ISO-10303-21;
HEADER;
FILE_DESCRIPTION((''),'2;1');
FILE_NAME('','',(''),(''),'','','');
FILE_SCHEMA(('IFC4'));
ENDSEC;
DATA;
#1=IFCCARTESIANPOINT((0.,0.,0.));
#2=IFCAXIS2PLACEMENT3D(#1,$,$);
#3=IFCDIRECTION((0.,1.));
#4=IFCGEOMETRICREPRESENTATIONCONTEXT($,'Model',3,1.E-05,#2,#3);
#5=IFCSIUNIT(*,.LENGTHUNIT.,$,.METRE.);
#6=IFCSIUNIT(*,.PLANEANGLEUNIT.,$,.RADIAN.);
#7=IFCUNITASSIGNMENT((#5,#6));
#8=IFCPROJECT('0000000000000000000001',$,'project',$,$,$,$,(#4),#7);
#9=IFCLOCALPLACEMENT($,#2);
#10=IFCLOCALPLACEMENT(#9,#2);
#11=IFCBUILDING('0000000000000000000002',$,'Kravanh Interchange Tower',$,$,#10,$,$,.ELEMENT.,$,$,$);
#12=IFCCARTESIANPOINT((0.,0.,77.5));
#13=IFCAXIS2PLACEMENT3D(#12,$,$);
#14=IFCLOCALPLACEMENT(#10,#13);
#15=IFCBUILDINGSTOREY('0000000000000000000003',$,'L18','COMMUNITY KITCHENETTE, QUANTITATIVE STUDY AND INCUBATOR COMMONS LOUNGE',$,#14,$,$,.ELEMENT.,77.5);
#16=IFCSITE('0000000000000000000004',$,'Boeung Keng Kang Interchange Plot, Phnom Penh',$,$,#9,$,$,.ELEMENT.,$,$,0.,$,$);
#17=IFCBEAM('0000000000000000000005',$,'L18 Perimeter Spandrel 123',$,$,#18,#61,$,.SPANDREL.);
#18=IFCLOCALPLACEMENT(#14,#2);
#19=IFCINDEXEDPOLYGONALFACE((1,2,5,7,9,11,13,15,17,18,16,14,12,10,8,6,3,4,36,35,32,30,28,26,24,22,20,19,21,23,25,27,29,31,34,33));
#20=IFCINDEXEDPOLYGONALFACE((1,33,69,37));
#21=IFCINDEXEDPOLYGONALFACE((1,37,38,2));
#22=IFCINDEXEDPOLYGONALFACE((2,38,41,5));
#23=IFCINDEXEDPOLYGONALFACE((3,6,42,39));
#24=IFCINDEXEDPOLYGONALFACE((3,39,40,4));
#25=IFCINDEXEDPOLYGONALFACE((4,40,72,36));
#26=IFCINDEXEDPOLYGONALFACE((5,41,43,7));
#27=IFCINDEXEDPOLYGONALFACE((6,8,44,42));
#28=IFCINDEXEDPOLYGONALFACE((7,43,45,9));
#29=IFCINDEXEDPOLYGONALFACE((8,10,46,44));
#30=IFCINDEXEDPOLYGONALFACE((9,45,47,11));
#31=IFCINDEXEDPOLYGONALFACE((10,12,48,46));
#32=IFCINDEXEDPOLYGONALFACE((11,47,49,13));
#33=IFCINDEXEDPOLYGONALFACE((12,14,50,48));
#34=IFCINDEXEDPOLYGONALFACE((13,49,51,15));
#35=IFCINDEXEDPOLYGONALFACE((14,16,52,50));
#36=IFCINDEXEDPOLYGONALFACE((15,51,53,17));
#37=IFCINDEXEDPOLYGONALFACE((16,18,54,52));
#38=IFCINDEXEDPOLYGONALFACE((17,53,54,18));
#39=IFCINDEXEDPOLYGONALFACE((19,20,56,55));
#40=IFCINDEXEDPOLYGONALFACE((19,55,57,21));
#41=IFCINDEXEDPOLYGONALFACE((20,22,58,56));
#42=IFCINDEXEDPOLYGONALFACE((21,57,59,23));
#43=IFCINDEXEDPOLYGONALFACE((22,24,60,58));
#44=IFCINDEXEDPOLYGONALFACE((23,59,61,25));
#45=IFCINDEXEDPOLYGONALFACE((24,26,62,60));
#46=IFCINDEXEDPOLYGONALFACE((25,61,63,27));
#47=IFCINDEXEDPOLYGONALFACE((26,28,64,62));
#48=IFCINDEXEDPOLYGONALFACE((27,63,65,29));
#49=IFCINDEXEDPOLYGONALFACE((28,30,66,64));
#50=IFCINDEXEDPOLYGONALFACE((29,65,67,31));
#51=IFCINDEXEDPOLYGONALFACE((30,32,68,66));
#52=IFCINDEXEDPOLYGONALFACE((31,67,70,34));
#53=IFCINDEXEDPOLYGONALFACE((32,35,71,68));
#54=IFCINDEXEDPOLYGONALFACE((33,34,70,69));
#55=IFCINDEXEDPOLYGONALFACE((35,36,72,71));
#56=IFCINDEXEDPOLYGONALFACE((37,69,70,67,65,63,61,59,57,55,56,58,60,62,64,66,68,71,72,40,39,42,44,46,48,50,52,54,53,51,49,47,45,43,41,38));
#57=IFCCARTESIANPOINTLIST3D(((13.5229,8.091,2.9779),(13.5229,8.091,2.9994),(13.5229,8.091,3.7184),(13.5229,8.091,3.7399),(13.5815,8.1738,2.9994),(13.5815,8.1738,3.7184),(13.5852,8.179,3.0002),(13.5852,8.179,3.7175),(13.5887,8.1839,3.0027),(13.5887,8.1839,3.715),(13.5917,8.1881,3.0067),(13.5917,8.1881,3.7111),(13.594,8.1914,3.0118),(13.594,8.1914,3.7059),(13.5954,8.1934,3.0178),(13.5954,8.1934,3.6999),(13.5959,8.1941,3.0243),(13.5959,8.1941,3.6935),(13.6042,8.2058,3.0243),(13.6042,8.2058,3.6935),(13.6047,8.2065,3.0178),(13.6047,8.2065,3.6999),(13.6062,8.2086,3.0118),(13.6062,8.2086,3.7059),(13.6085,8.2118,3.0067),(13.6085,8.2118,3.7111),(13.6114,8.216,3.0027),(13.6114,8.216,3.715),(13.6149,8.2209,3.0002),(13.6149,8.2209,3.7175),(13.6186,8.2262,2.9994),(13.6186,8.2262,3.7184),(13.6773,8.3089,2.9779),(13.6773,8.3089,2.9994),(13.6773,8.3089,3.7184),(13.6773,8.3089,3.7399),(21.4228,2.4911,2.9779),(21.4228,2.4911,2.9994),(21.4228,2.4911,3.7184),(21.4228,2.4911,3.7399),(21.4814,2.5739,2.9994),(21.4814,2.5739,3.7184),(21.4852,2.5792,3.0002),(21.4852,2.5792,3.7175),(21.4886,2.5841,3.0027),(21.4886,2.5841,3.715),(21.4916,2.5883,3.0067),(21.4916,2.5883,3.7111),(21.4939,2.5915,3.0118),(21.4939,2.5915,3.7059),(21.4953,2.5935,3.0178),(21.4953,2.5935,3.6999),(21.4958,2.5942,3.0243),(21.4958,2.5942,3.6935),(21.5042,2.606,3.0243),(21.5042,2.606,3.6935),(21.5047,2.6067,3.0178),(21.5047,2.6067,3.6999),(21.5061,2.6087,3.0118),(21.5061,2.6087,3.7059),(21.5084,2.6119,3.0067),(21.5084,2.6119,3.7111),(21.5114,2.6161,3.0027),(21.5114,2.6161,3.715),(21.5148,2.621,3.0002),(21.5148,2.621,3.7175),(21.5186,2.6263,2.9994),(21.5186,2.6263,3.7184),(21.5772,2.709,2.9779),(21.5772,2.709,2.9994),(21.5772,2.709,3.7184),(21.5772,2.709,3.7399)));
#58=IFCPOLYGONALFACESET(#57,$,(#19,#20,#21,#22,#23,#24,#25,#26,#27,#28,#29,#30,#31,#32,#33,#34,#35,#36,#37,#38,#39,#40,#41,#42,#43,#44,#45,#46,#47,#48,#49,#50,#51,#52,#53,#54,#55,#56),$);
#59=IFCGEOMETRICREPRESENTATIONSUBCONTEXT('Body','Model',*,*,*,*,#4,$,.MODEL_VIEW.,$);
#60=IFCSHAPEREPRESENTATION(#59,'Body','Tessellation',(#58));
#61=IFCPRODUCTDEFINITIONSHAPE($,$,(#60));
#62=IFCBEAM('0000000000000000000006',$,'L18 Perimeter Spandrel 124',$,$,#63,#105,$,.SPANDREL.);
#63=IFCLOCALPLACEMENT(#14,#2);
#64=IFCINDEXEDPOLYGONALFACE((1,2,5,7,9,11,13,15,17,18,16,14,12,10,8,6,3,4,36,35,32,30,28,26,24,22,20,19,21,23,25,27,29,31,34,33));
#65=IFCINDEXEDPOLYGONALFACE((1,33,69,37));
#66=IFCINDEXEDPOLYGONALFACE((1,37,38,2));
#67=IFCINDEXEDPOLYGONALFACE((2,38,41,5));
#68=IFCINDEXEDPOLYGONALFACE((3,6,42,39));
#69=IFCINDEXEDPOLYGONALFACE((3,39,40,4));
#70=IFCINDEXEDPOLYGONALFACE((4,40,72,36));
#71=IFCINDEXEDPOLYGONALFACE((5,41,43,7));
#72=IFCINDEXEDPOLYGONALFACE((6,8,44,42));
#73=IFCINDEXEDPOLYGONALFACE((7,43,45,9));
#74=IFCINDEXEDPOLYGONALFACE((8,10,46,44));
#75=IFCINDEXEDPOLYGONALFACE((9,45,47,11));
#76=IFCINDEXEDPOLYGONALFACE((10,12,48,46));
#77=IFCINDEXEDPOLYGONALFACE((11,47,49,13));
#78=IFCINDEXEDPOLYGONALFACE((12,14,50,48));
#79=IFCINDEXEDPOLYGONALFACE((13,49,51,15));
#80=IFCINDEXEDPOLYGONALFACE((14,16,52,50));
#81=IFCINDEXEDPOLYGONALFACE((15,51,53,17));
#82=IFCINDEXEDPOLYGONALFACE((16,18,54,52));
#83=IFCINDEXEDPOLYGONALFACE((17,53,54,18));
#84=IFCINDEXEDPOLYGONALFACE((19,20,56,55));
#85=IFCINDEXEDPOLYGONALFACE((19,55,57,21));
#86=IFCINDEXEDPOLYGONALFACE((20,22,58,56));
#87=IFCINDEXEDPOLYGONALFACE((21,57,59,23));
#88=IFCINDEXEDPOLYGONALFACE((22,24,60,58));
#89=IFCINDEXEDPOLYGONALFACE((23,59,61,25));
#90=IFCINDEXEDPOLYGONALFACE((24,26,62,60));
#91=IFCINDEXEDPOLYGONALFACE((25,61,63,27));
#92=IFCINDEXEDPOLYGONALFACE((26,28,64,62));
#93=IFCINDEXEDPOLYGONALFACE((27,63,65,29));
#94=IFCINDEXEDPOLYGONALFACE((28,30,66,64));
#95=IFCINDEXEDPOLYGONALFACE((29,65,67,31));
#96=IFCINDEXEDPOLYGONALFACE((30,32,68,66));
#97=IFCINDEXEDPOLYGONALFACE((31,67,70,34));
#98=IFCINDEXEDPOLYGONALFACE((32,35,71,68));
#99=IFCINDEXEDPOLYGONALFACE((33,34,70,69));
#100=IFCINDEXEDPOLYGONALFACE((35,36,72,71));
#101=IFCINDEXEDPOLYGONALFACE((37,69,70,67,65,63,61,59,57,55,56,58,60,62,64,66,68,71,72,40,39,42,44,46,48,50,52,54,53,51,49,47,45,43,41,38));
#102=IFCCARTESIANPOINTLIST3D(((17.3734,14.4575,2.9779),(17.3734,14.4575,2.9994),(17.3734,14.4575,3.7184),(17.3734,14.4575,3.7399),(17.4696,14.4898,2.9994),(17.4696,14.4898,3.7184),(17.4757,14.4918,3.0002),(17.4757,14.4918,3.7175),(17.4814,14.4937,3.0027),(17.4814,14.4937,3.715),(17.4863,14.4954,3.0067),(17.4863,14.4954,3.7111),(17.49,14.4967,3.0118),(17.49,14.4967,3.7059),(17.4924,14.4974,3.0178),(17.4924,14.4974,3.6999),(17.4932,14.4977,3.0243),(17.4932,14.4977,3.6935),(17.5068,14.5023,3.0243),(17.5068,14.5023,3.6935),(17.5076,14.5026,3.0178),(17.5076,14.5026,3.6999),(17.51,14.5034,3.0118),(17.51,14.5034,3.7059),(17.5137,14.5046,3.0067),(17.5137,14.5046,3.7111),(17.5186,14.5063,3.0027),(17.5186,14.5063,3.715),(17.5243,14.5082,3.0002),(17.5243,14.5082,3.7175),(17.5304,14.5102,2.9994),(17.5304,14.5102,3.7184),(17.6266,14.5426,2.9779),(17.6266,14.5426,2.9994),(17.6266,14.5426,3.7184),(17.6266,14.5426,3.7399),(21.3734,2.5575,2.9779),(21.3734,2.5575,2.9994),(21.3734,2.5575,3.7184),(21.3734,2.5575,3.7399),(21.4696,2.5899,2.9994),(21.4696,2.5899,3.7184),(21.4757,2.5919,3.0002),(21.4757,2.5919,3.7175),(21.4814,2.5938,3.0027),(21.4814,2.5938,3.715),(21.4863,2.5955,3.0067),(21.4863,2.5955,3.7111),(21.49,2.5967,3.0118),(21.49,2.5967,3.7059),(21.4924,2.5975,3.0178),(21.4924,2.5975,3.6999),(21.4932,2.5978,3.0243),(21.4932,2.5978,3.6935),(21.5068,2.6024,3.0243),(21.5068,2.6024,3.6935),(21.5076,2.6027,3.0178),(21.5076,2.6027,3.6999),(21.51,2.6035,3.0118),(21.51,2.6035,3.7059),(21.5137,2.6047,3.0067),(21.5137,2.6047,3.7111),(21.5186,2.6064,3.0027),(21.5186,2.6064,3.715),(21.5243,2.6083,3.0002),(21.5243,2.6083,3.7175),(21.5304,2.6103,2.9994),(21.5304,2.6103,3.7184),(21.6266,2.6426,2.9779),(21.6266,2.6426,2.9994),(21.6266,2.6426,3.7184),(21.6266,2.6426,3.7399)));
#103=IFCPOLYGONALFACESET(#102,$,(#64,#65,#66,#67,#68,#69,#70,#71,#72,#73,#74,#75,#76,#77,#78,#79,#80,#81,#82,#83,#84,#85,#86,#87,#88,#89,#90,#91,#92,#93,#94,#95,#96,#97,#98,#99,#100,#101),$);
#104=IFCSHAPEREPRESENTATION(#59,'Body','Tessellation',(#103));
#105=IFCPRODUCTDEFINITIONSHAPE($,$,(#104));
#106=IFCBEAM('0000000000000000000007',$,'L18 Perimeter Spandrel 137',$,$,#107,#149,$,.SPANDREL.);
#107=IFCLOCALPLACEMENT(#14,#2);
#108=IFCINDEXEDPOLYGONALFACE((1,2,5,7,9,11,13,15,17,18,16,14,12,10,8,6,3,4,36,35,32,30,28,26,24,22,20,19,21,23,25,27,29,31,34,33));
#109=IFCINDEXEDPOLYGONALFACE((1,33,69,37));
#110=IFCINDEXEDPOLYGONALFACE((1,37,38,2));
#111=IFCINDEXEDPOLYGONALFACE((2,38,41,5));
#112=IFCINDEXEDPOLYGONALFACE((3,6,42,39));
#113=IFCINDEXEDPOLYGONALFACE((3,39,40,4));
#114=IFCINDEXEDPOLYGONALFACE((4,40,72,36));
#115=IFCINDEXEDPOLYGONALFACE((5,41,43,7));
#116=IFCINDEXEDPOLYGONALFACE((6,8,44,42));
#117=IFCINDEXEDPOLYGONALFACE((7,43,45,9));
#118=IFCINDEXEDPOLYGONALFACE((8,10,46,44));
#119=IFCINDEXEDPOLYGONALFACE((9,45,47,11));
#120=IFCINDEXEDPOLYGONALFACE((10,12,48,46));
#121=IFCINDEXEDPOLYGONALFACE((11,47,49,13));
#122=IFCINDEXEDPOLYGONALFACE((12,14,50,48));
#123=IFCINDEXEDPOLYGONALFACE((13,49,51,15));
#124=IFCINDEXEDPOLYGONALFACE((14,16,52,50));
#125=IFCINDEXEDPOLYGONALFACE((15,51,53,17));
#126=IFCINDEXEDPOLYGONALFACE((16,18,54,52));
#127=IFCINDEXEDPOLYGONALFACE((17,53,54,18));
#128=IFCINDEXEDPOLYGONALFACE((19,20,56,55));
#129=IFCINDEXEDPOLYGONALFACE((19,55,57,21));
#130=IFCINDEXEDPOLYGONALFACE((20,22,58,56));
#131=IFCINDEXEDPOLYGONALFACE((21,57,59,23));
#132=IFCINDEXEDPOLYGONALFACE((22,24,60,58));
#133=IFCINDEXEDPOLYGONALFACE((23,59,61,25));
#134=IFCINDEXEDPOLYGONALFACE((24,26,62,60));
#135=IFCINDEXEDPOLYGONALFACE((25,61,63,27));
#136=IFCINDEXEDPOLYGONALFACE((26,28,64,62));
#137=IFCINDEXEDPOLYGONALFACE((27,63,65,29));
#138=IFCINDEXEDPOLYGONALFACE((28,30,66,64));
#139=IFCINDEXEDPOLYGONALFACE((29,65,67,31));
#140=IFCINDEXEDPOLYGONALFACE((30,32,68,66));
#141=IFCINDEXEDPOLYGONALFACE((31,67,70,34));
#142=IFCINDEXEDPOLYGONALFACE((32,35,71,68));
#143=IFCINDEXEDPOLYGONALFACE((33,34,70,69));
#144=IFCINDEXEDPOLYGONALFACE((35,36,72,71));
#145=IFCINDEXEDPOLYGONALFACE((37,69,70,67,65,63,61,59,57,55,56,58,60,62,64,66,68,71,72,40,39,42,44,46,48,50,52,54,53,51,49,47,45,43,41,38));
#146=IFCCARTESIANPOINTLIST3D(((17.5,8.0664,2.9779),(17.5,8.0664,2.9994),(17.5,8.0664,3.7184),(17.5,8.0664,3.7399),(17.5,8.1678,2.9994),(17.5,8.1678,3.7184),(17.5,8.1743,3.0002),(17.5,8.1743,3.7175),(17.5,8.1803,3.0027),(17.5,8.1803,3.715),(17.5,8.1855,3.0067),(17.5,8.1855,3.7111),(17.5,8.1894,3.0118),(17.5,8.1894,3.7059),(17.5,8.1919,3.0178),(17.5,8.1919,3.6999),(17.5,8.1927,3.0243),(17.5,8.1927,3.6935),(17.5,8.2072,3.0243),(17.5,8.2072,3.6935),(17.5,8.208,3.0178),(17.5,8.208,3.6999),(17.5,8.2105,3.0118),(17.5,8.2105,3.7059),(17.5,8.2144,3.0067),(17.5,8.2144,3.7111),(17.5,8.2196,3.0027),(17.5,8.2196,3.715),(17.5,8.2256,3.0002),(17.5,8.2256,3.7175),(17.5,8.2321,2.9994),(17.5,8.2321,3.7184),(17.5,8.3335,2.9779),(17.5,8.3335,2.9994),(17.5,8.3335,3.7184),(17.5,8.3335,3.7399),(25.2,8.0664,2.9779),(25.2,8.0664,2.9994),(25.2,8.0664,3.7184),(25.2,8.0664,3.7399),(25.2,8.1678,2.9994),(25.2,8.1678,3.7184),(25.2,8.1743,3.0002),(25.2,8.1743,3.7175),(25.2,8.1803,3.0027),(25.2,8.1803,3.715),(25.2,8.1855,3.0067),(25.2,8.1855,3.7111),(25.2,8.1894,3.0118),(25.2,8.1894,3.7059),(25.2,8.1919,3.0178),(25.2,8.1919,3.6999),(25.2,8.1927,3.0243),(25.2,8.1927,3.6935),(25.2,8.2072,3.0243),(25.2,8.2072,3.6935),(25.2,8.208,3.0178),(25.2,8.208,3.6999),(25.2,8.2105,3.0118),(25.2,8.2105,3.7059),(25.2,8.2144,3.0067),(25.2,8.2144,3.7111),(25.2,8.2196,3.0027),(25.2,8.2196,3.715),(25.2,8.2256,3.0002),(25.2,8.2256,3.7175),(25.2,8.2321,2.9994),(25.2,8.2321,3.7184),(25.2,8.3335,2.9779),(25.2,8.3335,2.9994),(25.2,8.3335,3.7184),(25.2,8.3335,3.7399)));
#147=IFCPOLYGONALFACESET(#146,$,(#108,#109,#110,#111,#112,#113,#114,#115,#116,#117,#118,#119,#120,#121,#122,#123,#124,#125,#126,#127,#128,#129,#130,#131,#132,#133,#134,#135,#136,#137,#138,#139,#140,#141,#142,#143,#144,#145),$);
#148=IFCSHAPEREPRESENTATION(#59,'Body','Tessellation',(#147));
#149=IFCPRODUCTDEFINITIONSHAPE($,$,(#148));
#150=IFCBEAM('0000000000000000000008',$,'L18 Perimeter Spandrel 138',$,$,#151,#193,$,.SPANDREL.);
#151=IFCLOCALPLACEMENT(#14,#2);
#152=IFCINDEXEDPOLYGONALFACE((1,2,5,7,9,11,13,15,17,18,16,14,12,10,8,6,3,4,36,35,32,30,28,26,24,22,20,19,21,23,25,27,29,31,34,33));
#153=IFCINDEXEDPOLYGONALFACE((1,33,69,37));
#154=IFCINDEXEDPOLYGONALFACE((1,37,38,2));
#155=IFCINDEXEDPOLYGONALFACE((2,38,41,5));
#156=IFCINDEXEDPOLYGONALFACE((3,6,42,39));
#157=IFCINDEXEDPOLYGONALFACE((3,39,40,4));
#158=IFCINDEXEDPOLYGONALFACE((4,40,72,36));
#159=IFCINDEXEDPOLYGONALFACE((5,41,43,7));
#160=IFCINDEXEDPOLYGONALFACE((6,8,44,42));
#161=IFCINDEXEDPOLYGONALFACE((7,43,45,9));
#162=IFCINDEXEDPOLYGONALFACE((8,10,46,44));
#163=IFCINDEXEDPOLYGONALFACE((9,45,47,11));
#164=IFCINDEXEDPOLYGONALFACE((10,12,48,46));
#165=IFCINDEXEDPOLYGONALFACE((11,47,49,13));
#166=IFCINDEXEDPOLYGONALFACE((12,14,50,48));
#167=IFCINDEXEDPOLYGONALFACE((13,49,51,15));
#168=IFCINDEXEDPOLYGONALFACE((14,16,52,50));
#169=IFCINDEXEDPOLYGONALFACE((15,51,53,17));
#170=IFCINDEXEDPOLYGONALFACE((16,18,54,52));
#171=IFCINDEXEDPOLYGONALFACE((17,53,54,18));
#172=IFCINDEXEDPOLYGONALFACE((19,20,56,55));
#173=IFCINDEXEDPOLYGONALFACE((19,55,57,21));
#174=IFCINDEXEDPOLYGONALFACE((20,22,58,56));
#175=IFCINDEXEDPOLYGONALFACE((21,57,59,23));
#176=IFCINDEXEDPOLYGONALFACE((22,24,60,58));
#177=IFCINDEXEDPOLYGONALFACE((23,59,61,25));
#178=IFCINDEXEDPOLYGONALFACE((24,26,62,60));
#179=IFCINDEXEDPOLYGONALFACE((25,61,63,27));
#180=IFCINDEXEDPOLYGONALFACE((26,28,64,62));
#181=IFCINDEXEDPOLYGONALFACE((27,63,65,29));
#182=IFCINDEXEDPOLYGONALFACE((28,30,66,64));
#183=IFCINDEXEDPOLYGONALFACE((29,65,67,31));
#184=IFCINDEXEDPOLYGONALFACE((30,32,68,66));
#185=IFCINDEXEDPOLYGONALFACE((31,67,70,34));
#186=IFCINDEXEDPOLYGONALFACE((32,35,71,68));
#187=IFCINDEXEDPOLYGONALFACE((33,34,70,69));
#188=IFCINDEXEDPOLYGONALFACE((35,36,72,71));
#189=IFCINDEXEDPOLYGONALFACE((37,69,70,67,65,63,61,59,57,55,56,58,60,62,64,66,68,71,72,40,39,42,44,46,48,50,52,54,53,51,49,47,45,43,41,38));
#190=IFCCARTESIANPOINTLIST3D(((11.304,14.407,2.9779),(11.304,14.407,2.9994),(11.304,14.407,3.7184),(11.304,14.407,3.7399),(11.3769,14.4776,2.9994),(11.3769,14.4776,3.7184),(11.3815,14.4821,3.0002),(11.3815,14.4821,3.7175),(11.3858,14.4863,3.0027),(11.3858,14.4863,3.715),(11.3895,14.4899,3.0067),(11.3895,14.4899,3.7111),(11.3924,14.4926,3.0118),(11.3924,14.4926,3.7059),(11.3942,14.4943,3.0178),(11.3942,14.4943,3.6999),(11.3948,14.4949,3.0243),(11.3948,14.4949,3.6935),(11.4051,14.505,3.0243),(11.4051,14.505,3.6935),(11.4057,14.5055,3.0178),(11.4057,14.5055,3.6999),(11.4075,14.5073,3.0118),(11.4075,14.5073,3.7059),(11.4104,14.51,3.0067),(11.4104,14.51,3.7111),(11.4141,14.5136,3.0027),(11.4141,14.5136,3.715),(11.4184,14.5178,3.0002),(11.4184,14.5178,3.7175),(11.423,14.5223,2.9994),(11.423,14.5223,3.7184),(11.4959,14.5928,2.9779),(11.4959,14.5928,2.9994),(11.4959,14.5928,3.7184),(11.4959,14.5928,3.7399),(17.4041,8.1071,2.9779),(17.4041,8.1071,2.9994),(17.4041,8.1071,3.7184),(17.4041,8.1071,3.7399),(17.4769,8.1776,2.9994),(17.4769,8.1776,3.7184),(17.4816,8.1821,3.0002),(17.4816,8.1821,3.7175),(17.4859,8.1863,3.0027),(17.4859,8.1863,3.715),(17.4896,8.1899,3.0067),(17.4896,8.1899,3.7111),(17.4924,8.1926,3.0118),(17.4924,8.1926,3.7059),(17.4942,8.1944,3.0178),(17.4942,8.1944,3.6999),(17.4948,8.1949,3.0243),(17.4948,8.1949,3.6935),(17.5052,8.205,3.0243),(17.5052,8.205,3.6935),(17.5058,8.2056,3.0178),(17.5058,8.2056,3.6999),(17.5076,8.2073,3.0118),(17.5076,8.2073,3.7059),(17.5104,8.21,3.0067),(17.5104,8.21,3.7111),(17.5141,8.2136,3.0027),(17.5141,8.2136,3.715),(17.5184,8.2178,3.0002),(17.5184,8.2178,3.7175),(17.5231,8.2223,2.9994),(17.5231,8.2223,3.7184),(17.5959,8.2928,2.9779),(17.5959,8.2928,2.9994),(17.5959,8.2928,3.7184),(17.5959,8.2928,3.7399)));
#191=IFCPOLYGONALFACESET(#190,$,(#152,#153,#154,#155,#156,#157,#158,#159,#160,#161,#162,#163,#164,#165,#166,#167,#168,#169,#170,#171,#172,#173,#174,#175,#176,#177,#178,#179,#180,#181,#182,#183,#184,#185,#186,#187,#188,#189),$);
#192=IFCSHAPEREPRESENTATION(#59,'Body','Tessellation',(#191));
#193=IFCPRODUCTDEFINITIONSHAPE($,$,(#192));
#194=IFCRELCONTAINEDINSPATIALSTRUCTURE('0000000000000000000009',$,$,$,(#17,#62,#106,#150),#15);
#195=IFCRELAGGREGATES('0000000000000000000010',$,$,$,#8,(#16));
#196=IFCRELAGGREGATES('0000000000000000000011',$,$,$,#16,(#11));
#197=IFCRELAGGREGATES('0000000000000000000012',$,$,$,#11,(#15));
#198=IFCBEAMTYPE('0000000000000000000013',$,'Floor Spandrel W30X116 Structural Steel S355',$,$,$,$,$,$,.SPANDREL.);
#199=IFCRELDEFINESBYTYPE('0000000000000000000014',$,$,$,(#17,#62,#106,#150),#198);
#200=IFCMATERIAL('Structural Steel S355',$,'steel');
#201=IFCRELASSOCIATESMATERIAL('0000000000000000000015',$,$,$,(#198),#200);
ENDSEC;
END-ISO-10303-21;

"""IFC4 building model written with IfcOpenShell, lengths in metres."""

from ifc_helpers import new_model, si_unit, direction, frame, origin, origin_2d, place, context, subcontext, project, spatial, i_section, extrude, material, material_profile, profile_set, type_object, element, save


model = new_model("IFC4")

# Units and contexts
model_context = context("Model", 3, precision=1e-05, world=origin(), true_north=direction((0.0, 1.0)))
body_context = subcontext(model_context, "Body", "Model", "MODEL_VIEW")
ifc_project = project(units=[si_unit("LENGTHUNIT", "METRE"), si_unit("PLANEANGLEUNIT", "RADIAN")], contexts=[model_context])

# Site, building, storey
site_placement = place(None, origin())
site = spatial("IfcSite", under=ifc_project, at=site_placement, Name="Boeung Keng Kang Interchange Plot, Phnom Penh", CompositionType="ELEMENT", RefElevation=0.0)
building_placement = place(site_placement, origin())
building = spatial("IfcBuilding", under=site, at=building_placement, Name="Kravanh Interchange Tower", CompositionType="ELEMENT")
storey_placement = place(building_placement, frame((0.0, 0.0, 77.5)))
storey = spatial("IfcBuildingStorey", under=building, at=storey_placement, Name="L18", Description="COMMUNITY KITCHENETTE, QUANTITATIVE STUDY AND INCUBATOR COMMONS LOUNGE", CompositionType="ELEMENT", Elevation=77.5)

# Beams
ifc_material_1 = material(Name="Structural Steel S355", Category="steel")
ifc_material_profile_1 = material_profile(ifc_material_1, i_section(OverallWidth=0.2671, OverallDepth=0.762, WebThickness=0.0144, FlangeThickness=0.0215, FilletRadius=0.0249, at=origin_2d()), Name="W30X116")
ifc_profile_set_1 = profile_set([ifc_material_profile_1], Name="Structural Steel S355")
beam_type_1 = type_object("IfcBeamType", Name="Floor Spandrel W30X116 Structural Steel S355", PredefinedType="SPANDREL", material=ifc_profile_set_1)
beam_1_placement = place(storey_placement, frame((21.5, 2.6001, 3.3589), z_axis=(-0.815825, 0.578299, 0.0), x_axis=(-0.578299, -0.815825, 0.0)))
element("IfcBeam", 1, at=beam_1_placement, inside=storey, type_object=beam_type_1, Name="L18 Perimeter Spandrel 123", PredefinedType="SPANDREL", context=body_context, shape_type="SweptSolid", body=[
    extrude(i_section(OverallWidth=0.2671, OverallDepth=0.762, WebThickness=0.0144, FlangeThickness=0.0215, FilletRadius=0.0249, at=origin_2d()), origin(), (0.0, 0.0, 1.0), 9.6833),
])
beam_2_placement = place(storey_placement, frame((21.5, 2.6001, 3.3589), z_axis=(-0.318619, 0.947883, 0.0), x_axis=(-0.947883, -0.318619, 0.0)))
element("IfcBeam", 2, at=beam_2_placement, inside=storey, type_object=beam_type_1, Name="L18 Perimeter Spandrel 124", PredefinedType="SPANDREL", context=body_context, shape_type="SweptSolid", body=[
    extrude(i_section(OverallWidth=0.2671, OverallDepth=0.762, WebThickness=0.0144, FlangeThickness=0.0215, FilletRadius=0.0249, at=origin_2d()), origin(), (0.0, 0.0, 1.0), 12.5542),
])
beam_3_placement = place(storey_placement, frame((17.5, 8.2, 3.3589), z_axis=(1.0, 0.0, 0.0), x_axis=(0.0, 1.0, 0.0)))
element("IfcBeam", 3, at=beam_3_placement, inside=storey, type_object=beam_type_1, Name="L18 Perimeter Spandrel 137", PredefinedType="SPANDREL", context=body_context, shape_type="SweptSolid", body=[
    extrude(i_section(OverallWidth=0.2671, OverallDepth=0.762, WebThickness=0.0144, FlangeThickness=0.0215, FilletRadius=0.0249, at=origin_2d()), origin(), (0.0, 0.0, 1.0), 7.7),
])
beam_4_placement = place(storey_placement, frame((17.5, 8.2, 3.3589), z_axis=(-0.695614, 0.718415, 0.0), x_axis=(-0.718415, -0.695614, 0.0)))
element("IfcBeam", 4, at=beam_4_placement, inside=storey, type_object=beam_type_1, Name="L18 Perimeter Spandrel 138", PredefinedType="SPANDREL", context=body_context, shape_type="SweptSolid", body=[
    extrude(i_section(OverallWidth=0.2671, OverallDepth=0.762, WebThickness=0.0144, FlangeThickness=0.0215, FilletRadius=0.0249, at=origin_2d()), origin(), (0.0, 0.0, 1.0), 8.7693),
])

save(model, "model.ifc")
